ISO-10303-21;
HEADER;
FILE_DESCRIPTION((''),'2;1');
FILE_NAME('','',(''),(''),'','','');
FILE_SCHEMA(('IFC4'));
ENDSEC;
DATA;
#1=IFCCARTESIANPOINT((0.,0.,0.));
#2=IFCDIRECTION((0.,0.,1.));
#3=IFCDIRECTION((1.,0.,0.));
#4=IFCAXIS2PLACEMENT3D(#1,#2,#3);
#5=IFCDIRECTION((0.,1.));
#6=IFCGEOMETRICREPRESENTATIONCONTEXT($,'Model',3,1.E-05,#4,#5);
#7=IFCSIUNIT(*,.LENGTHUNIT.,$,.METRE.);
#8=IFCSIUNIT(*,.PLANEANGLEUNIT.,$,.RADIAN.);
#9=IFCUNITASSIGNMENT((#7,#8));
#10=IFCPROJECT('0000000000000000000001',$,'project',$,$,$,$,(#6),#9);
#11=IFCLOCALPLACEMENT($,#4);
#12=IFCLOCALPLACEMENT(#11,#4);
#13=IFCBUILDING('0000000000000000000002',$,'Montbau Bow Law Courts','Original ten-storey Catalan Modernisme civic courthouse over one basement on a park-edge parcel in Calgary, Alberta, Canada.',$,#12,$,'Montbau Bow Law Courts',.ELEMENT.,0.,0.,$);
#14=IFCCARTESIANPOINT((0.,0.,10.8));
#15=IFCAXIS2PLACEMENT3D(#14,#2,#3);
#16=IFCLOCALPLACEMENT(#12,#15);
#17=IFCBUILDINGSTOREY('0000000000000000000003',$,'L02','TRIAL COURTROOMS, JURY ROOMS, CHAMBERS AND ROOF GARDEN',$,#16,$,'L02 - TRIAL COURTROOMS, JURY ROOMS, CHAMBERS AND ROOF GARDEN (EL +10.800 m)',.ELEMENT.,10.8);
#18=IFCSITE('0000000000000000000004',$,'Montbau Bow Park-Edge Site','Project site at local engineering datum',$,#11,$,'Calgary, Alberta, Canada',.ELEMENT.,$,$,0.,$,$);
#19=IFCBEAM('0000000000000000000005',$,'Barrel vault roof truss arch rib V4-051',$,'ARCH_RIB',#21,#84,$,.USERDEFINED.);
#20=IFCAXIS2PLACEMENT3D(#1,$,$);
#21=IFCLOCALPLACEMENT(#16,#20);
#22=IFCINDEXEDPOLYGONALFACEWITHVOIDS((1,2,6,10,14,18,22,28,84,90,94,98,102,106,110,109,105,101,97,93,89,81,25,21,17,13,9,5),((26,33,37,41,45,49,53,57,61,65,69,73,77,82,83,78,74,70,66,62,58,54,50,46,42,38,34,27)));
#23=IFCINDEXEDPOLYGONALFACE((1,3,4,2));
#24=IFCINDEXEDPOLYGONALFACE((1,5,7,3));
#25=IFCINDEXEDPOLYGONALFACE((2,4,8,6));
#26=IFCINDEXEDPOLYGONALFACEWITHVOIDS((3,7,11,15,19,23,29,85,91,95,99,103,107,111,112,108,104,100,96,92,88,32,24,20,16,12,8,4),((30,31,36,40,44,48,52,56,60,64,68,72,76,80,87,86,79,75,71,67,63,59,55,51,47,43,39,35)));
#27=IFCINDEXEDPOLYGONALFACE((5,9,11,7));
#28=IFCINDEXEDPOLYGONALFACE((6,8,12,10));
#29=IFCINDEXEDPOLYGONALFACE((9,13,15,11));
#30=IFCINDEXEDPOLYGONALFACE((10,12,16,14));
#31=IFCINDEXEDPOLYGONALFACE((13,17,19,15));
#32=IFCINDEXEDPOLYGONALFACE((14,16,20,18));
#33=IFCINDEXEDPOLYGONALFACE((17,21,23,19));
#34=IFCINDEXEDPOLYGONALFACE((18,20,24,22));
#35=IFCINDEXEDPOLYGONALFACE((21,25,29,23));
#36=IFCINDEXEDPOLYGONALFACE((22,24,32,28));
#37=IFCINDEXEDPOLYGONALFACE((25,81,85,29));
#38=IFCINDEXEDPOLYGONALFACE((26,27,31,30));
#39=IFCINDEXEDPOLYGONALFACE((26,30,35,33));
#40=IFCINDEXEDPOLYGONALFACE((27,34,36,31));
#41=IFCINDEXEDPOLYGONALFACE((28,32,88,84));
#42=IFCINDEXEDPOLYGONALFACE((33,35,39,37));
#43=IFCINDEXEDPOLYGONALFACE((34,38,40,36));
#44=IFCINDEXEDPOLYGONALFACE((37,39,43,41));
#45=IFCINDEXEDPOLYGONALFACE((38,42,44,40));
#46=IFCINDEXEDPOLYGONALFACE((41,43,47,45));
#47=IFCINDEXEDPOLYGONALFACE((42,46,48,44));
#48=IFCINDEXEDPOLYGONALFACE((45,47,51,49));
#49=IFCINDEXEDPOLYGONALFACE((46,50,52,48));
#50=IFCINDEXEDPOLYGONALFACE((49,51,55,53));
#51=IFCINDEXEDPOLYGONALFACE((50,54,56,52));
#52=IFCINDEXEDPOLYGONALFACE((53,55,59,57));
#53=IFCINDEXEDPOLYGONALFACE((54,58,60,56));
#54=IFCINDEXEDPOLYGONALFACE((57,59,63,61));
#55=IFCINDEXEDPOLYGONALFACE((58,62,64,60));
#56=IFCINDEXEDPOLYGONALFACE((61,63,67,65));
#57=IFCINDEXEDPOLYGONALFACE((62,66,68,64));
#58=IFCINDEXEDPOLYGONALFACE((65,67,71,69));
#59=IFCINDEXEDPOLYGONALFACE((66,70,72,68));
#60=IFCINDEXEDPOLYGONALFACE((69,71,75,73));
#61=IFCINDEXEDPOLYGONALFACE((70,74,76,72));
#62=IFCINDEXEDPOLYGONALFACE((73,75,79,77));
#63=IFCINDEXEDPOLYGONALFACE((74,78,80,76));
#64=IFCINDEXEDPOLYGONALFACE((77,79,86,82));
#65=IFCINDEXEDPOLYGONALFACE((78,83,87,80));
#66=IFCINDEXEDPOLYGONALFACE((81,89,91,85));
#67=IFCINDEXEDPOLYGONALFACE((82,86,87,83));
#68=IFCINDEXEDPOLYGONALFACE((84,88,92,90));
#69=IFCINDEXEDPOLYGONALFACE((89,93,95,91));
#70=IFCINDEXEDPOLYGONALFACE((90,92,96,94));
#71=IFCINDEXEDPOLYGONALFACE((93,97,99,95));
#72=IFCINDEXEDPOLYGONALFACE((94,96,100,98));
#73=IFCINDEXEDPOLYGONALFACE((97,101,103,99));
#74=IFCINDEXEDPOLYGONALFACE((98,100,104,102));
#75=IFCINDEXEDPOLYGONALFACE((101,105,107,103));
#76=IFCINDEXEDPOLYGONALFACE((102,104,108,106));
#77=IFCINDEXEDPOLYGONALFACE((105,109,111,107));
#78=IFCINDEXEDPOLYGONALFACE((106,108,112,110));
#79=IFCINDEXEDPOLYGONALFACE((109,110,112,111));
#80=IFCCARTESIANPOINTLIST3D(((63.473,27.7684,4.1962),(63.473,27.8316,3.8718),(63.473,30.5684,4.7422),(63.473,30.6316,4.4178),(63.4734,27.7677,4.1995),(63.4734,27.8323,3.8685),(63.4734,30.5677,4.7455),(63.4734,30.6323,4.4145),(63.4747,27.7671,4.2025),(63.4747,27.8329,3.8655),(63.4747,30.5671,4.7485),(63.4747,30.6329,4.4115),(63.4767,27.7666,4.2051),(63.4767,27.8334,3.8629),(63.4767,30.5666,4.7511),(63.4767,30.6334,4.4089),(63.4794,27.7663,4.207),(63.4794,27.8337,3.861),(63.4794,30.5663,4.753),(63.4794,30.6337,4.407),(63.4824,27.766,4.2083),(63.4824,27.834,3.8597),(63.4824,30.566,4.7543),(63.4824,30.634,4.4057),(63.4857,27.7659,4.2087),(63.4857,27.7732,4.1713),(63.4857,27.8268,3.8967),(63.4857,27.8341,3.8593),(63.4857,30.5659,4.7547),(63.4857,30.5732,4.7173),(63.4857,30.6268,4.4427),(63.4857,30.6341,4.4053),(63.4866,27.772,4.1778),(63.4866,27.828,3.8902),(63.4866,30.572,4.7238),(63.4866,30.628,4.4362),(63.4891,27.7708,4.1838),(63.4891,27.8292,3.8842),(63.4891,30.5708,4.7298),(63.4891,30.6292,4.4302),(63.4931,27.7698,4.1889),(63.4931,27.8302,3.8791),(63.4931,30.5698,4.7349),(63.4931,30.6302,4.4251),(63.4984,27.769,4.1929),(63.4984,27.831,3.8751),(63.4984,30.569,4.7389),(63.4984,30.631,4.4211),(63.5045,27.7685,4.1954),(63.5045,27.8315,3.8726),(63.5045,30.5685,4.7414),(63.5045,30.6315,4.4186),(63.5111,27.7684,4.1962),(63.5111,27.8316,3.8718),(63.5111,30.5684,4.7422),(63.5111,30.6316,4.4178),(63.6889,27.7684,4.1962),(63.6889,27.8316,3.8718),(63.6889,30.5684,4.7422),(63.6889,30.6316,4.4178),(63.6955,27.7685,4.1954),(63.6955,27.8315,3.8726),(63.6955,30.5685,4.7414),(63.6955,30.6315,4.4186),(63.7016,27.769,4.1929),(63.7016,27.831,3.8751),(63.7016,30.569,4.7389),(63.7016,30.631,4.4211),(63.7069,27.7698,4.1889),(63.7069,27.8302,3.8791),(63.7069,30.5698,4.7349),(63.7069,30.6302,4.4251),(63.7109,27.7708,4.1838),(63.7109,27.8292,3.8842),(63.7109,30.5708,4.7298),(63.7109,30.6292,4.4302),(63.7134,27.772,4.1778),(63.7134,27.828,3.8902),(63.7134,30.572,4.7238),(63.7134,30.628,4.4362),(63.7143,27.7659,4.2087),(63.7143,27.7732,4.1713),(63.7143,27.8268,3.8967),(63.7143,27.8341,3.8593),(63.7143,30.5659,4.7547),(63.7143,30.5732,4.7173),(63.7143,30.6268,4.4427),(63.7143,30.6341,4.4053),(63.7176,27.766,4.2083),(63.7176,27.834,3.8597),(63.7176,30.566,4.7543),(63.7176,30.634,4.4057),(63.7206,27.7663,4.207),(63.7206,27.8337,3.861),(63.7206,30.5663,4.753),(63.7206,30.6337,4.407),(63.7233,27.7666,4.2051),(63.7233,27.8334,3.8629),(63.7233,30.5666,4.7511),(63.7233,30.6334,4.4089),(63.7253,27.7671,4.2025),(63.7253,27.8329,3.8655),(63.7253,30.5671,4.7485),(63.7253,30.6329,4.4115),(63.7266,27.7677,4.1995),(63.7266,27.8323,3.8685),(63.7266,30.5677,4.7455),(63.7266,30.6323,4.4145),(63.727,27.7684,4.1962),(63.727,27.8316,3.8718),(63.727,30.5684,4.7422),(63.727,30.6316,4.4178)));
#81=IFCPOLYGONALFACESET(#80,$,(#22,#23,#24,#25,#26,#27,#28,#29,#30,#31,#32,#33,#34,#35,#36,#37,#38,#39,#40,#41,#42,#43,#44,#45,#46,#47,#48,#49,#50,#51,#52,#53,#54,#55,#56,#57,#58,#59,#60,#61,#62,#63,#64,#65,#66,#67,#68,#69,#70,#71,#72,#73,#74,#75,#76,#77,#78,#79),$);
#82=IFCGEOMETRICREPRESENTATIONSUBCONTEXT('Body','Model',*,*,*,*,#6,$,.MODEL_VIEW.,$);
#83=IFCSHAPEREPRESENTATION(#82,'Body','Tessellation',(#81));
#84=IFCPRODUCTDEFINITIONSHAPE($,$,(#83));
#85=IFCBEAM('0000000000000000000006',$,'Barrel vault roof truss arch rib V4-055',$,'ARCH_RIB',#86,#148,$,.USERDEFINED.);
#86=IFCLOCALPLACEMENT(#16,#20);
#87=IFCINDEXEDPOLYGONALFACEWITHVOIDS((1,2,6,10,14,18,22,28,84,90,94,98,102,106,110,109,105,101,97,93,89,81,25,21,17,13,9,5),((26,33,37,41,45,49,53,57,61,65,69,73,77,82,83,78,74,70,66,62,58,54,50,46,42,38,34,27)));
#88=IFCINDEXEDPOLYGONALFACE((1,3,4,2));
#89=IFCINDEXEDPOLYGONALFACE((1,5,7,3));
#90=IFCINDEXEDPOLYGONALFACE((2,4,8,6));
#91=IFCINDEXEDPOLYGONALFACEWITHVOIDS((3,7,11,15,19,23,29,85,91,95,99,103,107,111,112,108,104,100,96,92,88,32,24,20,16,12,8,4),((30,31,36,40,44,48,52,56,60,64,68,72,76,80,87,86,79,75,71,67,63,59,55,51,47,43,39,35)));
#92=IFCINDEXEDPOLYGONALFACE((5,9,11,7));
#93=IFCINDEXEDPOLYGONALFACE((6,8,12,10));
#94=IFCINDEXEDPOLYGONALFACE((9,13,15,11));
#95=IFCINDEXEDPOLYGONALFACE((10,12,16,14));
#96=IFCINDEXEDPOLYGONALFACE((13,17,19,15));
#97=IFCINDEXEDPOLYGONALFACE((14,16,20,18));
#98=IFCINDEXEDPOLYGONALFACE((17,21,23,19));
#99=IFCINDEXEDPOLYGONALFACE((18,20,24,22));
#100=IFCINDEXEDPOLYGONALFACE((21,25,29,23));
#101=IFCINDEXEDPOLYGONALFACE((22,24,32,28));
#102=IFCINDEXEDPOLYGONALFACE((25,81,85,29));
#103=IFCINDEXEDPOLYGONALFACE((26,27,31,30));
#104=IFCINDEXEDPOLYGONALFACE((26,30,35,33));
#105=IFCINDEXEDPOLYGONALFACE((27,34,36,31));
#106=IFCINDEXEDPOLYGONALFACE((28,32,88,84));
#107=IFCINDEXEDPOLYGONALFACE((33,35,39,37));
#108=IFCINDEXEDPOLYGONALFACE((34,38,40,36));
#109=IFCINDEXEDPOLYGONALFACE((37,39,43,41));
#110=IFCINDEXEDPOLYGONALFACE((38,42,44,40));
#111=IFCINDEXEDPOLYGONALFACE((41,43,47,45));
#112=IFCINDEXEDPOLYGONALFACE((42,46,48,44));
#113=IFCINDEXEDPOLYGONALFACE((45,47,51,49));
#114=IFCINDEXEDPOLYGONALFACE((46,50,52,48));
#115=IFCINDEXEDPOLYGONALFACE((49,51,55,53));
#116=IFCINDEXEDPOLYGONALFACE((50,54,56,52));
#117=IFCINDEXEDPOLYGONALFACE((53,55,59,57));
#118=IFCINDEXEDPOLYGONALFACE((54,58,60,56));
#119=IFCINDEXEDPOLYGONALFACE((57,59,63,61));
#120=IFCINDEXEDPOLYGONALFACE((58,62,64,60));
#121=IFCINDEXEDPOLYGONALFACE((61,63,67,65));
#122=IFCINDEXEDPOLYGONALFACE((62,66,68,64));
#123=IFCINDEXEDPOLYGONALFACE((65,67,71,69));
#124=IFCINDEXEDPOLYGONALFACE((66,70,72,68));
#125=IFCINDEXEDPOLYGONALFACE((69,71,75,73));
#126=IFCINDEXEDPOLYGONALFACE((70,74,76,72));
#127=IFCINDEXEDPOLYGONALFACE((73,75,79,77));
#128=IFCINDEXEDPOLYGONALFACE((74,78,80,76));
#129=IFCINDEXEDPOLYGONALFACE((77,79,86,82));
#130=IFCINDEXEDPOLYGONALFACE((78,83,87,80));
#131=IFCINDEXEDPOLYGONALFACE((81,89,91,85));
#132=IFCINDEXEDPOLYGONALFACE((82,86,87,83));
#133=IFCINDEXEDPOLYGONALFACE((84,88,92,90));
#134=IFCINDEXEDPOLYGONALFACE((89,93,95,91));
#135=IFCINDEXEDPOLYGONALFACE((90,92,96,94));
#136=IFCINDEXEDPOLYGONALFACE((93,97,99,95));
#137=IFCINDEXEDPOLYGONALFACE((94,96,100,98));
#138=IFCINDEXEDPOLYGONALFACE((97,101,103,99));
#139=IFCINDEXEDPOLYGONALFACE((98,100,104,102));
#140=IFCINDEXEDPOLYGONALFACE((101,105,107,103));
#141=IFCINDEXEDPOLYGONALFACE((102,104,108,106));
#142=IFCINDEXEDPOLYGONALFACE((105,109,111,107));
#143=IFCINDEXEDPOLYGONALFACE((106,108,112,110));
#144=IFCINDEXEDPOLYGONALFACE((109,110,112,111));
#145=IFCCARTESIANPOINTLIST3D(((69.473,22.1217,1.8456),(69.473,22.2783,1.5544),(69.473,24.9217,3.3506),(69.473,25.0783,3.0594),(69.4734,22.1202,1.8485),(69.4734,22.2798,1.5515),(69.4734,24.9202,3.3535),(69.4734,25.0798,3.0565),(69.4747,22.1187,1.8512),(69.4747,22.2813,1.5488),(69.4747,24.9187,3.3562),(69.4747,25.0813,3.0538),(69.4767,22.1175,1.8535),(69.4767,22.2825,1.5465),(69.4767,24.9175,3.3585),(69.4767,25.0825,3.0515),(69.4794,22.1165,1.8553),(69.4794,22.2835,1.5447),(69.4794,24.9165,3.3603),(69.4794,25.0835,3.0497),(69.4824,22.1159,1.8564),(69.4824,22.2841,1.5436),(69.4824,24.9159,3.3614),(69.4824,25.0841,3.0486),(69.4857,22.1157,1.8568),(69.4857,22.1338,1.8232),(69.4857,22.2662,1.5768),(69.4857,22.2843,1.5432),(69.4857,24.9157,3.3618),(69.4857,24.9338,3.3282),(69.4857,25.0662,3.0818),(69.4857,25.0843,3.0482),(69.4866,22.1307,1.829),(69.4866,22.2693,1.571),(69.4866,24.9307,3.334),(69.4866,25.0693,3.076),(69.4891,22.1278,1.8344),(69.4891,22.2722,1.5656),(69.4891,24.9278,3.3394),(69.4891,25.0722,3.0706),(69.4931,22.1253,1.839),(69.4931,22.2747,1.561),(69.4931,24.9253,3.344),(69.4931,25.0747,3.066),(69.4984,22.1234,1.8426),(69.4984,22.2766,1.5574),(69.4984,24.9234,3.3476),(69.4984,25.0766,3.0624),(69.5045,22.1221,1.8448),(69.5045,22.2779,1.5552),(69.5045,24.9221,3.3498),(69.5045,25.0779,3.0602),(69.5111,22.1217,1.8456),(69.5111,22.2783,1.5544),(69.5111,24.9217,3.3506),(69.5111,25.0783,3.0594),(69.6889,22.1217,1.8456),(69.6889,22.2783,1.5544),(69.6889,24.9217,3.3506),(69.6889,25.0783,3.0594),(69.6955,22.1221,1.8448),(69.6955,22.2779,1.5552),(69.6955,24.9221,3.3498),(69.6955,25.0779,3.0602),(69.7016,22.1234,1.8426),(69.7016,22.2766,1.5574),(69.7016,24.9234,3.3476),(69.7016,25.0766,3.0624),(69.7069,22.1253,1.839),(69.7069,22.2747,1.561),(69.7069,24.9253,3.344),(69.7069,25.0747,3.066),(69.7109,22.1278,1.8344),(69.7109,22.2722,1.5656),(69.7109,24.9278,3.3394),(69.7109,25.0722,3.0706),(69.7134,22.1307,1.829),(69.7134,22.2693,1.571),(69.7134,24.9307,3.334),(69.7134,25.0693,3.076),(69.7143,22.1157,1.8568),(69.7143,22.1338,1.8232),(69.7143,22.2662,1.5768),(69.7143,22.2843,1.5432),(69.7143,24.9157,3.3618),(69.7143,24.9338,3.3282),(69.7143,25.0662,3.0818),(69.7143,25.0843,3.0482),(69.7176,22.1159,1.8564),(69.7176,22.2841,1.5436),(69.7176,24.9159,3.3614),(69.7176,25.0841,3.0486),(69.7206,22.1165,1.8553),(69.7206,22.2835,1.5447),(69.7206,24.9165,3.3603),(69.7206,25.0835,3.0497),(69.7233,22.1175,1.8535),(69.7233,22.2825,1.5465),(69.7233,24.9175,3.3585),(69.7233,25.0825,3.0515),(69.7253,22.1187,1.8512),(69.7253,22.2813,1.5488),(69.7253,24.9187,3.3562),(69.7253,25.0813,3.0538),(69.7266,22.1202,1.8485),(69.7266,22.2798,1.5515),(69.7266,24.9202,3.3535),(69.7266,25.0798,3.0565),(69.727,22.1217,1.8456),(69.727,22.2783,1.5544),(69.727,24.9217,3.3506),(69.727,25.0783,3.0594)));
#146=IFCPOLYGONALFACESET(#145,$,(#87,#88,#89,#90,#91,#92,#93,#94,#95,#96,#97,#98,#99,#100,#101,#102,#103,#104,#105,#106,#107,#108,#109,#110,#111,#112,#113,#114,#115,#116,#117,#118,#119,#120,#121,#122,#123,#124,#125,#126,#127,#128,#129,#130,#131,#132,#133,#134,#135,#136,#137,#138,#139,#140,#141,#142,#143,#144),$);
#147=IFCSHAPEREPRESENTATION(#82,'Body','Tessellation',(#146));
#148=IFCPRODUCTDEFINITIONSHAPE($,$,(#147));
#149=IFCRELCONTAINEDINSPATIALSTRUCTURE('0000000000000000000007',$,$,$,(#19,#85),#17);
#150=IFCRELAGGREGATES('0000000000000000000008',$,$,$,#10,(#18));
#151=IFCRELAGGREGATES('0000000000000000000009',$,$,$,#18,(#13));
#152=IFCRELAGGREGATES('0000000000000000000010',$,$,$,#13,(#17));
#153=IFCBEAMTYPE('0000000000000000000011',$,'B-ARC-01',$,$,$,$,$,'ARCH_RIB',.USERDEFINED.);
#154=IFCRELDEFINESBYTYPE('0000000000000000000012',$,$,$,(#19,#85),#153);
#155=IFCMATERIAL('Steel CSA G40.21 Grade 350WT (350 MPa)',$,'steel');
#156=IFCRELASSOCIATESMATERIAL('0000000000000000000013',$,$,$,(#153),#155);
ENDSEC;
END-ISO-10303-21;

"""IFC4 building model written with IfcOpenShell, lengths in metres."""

from ifc_helpers import new_model, si_unit, direction, frame, origin_with_axes, origin_2d_with_axis, place, context, subcontext, project, spatial, hollow_rectangle, extrude, material, material_profile, profile_set, type_object, element, save


model = new_model("IFC4")

# Units and contexts
model_context = context("Model", 3, precision=1e-05, world=origin_with_axes(), true_north=direction((0.0, 1.0)))
body_context = subcontext(model_context, "Body", "Model", "MODEL_VIEW")
ifc_project = project(units=[si_unit("LENGTHUNIT", "METRE"), si_unit("PLANEANGLEUNIT", "RADIAN")], contexts=[model_context])

# Site, building, storey
site_placement = place(None, origin_with_axes())
site = spatial("IfcSite", under=ifc_project, at=site_placement, Name="Montbau Bow Park-Edge Site", Description="Project site at local engineering datum", LongName="Calgary, Alberta, Canada", CompositionType="ELEMENT", RefElevation=0.0)
building_placement = place(site_placement, origin_with_axes())
building = spatial("IfcBuilding", under=site, at=building_placement, Name="Montbau Bow Law Courts", Description="Original ten-storey Catalan Modernisme civic courthouse over one basement on a park-edge parcel in Calgary, Alberta, Canada.", LongName="Montbau Bow Law Courts", CompositionType="ELEMENT", ElevationOfRefHeight=0.0, ElevationOfTerrain=0.0)
storey_placement = place(building_placement, frame((0.0, 0.0, 10.8), z_axis=(0.0, 0.0, 1.0), x_axis=(1.0, 0.0, 0.0)))
storey = spatial("IfcBuildingStorey", under=building, at=storey_placement, Name="L02", Description="TRIAL COURTROOMS, JURY ROOMS, CHAMBERS AND ROOF GARDEN", LongName="L02 - TRIAL COURTROOMS, JURY ROOMS, CHAMBERS AND ROOF GARDEN (EL +10.800 m)", CompositionType="ELEMENT", Elevation=10.8)

# Beams
ifc_material_1 = material(Name="Steel CSA G40.21 Grade 350WT (350 MPa)", Category="steel")
ifc_material_profile_1 = material_profile(ifc_material_1, hollow_rectangle(XDim=0.254, YDim=0.356, WallThickness=0.0127, InnerFilletRadius=0.0254, OuterFilletRadius=0.0127, at=origin_2d_with_axis()), Name="HSS356X254X13", Category="Main", Priority=0)
ifc_profile_set_1 = profile_set([ifc_material_profile_1], Name="Steel CSA G40.21 Grade 350WT (350 MPa)")
beam_type_1 = type_object("IfcBeamType", Name="B-ARC-01", ElementType="ARCH_RIB", PredefinedType="USERDEFINED", material=ifc_profile_set_1)
beam_1_placement = place(None, frame((63.6, 27.8, 14.834), z_axis=(0.0, 0.981513, 0.191395), x_axis=(-1.0, 0.0, 0.0)))
element("IfcBeam", 1, at=beam_1_placement, inside=storey, type_object=beam_type_1, Name="Barrel vault roof truss arch rib V4-051", ObjectType="ARCH_RIB", PredefinedType="USERDEFINED", context=body_context, shape_type="SweptSolid", body=[
    extrude(hollow_rectangle(XDim=0.254, YDim=0.356, WallThickness=0.0127, InnerFilletRadius=0.0254, OuterFilletRadius=0.0127, at=origin_2d_with_axis()), origin_with_axes(), (0.0, 0.0, 1.0), 2.8527),
])
beam_2_placement = place(None, frame((69.6, 22.2, 12.5), z_axis=(0.0, 0.880824, 0.473443), x_axis=(-1.0, 0.0, 0.0)))
element("IfcBeam", 2, at=beam_2_placement, inside=storey, type_object=beam_type_1, Name="Barrel vault roof truss arch rib V4-055", ObjectType="ARCH_RIB", PredefinedType="USERDEFINED", context=body_context, shape_type="SweptSolid", body=[
    extrude(hollow_rectangle(XDim=0.254, YDim=0.356, WallThickness=0.0127, InnerFilletRadius=0.0254, OuterFilletRadius=0.0127, at=origin_2d_with_axis()), origin_with_axes(), (0.0, 0.0, 1.0), 3.1788),
])

save(model, "model.ifc")
